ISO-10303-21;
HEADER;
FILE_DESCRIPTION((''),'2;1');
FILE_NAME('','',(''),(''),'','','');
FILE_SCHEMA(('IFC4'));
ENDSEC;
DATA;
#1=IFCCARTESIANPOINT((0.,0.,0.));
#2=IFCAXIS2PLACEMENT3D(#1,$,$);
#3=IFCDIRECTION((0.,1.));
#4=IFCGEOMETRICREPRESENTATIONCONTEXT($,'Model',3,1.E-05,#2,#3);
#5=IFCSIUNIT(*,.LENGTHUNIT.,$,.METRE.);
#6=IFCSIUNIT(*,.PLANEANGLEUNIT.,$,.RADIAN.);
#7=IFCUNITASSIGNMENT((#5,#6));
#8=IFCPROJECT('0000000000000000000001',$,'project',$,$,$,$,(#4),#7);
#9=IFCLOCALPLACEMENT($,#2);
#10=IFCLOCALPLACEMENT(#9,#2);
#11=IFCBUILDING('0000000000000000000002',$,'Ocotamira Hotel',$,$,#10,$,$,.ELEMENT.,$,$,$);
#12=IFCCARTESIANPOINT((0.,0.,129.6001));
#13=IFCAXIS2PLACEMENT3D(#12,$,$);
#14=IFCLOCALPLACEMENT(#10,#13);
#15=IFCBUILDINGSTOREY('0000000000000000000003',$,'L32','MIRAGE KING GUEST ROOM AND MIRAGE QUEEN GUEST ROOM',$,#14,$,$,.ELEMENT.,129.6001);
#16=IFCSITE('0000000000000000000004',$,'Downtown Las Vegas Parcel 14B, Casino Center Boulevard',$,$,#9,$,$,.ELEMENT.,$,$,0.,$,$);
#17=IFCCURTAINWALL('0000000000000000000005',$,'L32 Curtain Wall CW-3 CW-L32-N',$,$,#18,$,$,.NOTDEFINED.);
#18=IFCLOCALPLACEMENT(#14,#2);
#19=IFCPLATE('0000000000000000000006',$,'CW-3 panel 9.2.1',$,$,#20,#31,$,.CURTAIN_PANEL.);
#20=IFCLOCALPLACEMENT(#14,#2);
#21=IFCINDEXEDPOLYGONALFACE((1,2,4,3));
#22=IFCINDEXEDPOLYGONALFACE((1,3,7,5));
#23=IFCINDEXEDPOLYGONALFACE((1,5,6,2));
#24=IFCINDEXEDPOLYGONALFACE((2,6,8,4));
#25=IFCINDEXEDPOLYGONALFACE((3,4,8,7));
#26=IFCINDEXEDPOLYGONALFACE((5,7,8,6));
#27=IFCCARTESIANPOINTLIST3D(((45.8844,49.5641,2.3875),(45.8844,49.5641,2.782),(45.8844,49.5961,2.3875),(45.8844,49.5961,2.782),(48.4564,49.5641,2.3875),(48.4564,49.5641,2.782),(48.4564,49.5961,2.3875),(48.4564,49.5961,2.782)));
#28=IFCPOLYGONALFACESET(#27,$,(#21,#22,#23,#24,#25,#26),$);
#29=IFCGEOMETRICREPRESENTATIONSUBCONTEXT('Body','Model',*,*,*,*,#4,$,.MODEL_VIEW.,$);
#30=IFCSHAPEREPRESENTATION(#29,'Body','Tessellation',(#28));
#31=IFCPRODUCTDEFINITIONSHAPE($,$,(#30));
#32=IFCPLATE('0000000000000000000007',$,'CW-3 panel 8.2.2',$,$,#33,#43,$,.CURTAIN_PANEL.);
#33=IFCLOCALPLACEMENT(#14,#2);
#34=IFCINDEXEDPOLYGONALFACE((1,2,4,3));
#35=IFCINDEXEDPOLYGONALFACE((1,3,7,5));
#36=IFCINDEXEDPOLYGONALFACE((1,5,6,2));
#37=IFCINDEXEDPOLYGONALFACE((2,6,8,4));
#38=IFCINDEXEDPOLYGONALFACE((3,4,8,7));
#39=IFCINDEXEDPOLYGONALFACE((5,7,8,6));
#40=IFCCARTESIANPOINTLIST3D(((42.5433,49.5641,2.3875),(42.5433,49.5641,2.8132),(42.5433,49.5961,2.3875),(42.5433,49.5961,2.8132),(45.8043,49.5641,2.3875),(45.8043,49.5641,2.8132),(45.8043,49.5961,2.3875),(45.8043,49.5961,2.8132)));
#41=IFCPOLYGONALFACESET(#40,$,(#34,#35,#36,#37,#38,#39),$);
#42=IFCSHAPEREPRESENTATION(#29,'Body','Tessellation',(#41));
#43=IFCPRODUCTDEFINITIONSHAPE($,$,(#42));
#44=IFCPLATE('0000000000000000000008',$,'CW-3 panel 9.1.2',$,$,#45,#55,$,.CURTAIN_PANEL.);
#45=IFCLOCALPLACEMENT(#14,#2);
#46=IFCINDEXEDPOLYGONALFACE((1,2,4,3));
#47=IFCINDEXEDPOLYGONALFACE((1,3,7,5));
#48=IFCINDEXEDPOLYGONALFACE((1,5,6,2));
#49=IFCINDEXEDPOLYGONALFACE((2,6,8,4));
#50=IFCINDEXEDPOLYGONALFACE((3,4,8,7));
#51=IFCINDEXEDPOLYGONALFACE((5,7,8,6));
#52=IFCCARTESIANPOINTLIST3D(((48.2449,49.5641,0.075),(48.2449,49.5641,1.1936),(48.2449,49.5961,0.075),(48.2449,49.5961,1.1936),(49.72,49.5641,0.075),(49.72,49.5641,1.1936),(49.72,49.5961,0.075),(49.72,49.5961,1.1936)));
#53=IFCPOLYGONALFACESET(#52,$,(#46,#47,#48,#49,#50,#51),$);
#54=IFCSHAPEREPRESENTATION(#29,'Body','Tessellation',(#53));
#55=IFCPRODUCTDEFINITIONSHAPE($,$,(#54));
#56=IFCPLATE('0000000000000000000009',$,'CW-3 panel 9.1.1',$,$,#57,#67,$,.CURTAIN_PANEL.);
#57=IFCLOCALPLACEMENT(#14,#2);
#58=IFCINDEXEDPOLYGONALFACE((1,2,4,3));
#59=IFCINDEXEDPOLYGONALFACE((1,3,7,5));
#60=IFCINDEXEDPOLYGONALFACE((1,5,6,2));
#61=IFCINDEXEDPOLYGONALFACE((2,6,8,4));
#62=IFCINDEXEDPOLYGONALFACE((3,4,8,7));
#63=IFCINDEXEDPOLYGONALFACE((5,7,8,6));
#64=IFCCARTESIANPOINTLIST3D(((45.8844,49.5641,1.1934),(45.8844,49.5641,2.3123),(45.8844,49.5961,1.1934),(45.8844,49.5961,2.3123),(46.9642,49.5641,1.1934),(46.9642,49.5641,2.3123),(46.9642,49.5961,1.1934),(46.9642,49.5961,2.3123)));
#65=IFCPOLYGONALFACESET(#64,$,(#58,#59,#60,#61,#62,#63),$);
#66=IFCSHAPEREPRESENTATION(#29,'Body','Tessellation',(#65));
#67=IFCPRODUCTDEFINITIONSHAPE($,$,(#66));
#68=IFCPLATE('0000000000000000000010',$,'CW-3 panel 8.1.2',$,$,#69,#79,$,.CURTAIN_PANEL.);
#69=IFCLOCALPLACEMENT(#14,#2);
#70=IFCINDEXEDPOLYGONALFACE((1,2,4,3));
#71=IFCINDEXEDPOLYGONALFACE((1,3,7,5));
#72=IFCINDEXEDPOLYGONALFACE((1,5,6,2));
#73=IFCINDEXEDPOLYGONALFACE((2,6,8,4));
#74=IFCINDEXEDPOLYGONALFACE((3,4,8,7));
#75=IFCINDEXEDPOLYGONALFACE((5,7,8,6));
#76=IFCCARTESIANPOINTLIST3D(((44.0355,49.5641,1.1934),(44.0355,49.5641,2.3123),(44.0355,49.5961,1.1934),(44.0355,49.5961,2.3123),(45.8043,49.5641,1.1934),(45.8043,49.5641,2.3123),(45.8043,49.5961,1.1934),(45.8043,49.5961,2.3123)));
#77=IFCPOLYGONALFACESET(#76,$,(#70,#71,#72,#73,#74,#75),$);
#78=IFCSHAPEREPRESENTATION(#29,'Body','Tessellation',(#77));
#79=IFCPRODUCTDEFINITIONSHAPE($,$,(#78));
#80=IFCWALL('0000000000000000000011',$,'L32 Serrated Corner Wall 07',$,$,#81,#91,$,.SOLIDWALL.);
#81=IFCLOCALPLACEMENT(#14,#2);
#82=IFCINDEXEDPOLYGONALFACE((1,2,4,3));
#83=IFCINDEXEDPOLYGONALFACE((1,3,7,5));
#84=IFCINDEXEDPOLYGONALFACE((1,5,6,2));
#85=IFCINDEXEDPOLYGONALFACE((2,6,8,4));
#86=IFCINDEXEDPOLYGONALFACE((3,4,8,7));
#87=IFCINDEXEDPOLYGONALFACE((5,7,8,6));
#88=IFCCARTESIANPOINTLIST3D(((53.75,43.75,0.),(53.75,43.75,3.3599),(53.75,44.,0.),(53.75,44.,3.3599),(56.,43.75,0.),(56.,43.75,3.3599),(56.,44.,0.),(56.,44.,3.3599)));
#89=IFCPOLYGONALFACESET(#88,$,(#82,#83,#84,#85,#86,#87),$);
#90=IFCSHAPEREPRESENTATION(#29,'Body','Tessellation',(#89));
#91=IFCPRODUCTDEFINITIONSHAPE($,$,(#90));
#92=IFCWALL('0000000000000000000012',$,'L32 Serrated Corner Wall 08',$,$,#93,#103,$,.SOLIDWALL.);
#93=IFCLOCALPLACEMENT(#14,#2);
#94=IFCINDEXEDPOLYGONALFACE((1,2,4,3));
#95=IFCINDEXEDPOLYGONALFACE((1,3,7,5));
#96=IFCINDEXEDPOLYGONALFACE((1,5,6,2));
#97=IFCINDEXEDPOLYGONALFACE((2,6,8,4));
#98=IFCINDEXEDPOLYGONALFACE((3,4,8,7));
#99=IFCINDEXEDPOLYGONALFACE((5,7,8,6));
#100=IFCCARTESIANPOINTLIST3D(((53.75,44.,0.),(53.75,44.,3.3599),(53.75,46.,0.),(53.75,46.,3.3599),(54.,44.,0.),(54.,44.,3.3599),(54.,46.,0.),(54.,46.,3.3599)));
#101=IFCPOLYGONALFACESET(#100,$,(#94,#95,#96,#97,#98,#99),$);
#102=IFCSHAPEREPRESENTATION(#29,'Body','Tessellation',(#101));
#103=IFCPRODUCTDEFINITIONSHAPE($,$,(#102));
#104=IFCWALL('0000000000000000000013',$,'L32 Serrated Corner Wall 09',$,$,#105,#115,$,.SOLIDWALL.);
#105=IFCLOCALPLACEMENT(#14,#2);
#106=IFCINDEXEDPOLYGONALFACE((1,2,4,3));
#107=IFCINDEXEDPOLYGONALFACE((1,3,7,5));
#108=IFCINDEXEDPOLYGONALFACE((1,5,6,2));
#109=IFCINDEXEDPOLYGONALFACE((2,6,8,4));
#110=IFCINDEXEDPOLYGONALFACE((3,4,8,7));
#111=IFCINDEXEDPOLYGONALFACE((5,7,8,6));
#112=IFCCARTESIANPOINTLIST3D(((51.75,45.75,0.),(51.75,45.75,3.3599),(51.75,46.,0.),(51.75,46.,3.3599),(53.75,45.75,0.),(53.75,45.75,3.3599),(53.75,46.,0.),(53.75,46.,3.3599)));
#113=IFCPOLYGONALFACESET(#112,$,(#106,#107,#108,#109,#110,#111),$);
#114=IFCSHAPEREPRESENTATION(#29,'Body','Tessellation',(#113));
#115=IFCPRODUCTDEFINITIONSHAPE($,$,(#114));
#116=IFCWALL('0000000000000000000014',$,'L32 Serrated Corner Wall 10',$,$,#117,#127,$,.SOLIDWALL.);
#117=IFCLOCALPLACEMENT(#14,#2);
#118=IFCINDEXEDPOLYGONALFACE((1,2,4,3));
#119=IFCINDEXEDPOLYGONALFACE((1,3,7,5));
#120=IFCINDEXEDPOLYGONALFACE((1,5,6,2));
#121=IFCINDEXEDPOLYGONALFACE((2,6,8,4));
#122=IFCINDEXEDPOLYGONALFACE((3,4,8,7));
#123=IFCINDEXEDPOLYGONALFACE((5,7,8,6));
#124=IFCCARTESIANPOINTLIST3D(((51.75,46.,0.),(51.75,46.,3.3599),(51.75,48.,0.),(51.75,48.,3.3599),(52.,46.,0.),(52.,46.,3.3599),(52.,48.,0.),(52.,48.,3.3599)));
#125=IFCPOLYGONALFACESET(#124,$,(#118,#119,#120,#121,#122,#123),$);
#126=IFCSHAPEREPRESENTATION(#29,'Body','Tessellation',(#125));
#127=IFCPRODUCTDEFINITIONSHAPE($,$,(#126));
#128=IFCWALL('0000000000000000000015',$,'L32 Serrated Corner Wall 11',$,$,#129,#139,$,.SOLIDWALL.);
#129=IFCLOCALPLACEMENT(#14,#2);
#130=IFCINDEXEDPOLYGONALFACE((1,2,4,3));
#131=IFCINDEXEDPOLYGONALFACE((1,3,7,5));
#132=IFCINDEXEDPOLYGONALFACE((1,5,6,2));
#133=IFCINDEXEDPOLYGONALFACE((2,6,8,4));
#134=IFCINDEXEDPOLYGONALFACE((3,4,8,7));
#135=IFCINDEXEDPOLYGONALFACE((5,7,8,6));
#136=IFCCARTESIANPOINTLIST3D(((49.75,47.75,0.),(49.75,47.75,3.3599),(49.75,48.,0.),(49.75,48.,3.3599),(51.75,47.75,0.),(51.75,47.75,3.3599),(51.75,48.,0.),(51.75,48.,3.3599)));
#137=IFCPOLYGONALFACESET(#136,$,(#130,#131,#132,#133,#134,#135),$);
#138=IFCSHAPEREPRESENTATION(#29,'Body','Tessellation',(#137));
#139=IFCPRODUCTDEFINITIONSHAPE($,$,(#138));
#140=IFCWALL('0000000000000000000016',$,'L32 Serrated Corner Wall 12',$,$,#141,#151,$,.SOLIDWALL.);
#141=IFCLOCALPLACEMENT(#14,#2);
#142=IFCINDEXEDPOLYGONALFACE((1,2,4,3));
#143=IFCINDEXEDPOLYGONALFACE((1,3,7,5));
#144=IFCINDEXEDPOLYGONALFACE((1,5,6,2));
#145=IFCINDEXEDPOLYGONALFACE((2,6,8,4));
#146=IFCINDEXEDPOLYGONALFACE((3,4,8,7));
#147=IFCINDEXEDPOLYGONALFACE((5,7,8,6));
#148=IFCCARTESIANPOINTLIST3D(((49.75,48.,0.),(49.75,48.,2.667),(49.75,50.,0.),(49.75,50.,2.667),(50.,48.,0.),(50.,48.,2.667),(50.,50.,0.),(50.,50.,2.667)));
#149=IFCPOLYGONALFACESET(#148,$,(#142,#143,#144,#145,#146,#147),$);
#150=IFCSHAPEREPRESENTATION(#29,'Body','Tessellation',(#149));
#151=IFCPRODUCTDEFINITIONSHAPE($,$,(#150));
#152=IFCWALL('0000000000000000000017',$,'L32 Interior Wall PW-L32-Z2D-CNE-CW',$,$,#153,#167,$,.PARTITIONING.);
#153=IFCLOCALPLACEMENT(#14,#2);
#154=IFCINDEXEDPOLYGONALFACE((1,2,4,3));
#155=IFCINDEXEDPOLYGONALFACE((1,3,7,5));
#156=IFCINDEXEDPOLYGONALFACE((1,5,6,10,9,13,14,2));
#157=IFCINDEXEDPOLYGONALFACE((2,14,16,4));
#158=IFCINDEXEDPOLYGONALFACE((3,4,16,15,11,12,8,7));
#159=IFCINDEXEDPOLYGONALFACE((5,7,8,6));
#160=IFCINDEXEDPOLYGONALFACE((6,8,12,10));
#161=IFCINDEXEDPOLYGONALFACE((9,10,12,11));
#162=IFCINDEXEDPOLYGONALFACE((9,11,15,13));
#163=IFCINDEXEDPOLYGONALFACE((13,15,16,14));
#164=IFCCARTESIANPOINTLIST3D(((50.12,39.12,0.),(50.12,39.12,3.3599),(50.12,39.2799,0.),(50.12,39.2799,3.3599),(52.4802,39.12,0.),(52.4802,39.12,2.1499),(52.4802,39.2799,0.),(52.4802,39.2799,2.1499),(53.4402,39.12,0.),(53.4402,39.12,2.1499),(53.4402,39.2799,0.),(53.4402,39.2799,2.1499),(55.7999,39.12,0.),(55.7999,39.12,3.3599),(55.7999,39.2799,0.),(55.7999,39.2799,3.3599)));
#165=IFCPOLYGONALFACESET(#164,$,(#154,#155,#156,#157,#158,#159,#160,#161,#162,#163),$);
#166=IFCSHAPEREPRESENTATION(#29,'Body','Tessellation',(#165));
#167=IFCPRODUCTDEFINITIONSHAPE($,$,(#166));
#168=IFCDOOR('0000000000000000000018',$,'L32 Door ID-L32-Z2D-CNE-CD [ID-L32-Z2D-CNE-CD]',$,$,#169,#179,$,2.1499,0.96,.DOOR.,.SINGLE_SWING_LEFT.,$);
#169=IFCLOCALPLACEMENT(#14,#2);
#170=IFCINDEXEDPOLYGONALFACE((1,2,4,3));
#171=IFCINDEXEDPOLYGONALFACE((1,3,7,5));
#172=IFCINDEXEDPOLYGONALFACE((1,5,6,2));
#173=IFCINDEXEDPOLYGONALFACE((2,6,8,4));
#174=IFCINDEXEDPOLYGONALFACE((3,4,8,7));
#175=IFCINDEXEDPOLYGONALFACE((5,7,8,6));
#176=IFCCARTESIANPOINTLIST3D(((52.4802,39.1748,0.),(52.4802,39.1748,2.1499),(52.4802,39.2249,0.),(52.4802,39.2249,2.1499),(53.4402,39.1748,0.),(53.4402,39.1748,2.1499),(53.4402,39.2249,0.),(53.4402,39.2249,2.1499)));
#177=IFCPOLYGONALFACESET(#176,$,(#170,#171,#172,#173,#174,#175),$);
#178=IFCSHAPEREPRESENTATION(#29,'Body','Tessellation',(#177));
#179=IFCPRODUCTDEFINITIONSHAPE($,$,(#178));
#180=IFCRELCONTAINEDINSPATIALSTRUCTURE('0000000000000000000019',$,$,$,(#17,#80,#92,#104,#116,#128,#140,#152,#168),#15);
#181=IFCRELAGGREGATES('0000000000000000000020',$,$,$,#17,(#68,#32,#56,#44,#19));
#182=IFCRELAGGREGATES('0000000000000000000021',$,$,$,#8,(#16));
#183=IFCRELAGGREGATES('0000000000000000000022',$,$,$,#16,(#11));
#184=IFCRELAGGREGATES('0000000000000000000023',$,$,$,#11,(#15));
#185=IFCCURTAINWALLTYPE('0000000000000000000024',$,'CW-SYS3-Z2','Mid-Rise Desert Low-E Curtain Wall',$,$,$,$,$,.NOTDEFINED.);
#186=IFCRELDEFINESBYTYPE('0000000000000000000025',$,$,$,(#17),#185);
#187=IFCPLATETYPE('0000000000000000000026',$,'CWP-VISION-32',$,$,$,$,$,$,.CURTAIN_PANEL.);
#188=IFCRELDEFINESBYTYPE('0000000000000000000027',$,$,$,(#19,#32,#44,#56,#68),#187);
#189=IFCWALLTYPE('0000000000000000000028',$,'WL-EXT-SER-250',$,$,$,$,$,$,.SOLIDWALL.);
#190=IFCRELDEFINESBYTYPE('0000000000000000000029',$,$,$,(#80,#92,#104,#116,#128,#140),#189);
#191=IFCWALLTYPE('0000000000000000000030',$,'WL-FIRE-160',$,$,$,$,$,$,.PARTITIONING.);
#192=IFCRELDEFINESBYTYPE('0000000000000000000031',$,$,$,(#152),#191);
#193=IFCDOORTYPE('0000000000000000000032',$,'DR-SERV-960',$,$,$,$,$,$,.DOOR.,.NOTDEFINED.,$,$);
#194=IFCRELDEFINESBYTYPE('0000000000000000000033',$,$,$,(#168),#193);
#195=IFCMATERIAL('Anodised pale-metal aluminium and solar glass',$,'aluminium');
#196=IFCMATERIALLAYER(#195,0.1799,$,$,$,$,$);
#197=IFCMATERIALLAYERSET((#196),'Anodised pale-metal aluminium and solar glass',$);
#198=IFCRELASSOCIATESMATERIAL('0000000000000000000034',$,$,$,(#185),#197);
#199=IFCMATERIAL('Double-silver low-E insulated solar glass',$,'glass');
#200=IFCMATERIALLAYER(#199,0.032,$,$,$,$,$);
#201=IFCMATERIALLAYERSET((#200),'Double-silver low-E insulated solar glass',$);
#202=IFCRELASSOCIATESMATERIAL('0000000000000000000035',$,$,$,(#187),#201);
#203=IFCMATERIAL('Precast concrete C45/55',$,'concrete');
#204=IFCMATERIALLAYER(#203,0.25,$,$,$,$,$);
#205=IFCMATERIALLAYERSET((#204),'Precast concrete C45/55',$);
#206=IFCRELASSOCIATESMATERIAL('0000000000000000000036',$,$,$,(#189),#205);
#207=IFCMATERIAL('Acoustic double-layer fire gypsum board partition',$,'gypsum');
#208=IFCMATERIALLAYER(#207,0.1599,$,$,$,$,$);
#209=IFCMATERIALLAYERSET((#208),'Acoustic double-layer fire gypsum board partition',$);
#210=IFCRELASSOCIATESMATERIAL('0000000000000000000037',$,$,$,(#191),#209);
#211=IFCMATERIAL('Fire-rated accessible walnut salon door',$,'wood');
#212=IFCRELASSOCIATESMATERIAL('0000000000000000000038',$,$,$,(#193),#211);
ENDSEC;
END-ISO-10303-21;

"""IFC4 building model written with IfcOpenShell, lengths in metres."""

from ifc_helpers import new_model, si_unit, direction, frame, frame_2d, origin, origin_2d, place, context, subcontext, project, spatial, rectangle, extrude, source, transform, mapped, material, layer, layer_set, type_object, element, fill, aggregate, save


model = new_model("IFC4")

# Units and contexts
model_context = context("Model", 3, precision=1e-05, world=origin(), true_north=direction((0.0, 1.0)))
body_context = subcontext(model_context, "Body", "Model", "MODEL_VIEW")
ifc_project = project(units=[si_unit("LENGTHUNIT", "METRE"), si_unit("PLANEANGLEUNIT", "RADIAN")], contexts=[model_context])

# Site, building, storey
site_placement = place(None, origin())
site = spatial("IfcSite", under=ifc_project, at=site_placement, Name="Downtown Las Vegas Parcel 14B, Casino Center Boulevard", CompositionType="ELEMENT", RefElevation=0.0)
building_placement = place(site_placement, origin())
building = spatial("IfcBuilding", under=site, at=building_placement, Name="Ocotamira Hotel", CompositionType="ELEMENT")
storey_placement = place(building_placement, frame((0.0, 0.0, 129.6001)))
storey = spatial("IfcBuildingStorey", under=building, at=storey_placement, Name="L32", Description="MIRAGE KING GUEST ROOM AND MIRAGE QUEEN GUEST ROOM", CompositionType="ELEMENT", Elevation=129.6001)

# Curtain wall
ifc_material_1 = material(Name="Anodised pale-metal aluminium and solar glass", Category="aluminium")
ifc_layer_1 = layer(ifc_material_1, 0.1799)
ifc_layer_set_1 = layer_set([ifc_layer_1], Name="Anodised pale-metal aluminium and solar glass")
curtain_wall_type = type_object("IfcCurtainWallType", Name="CW-SYS3-Z2", Description="Mid-Rise Desert Low-E Curtain Wall", PredefinedType="NOTDEFINED", material=ifc_layer_set_1)
curtain_wall_1_placement = place(storey_placement, origin())
curtain_wall_1 = element("IfcCurtainWall", 1, at=curtain_wall_1_placement, inside=storey, type_object=curtain_wall_type, Name="L32 Curtain Wall CW-3 CW-L32-N", PredefinedType="NOTDEFINED")

# Plates
ifc_material_2 = material(Name="Double-silver low-E insulated solar glass", Category="glass")
ifc_layer_2 = layer(ifc_material_2, 0.032)
ifc_layer_set_2 = layer_set([ifc_layer_2], Name="Double-silver low-E insulated solar glass")
plate_type_1 = type_object("IfcPlateType", Name="CWP-VISION-32", PredefinedType="CURTAIN_PANEL", material=ifc_layer_set_2)
shared_shape_1 = source(origin(), body_context, "Body", "SweptSolid", [
    extrude(rectangle(XDim=2.572, YDim=0.032, at=origin_2d()), origin(), (0.0, 0.0, 1.0), 0.3945),
])
plate_1_placement = place(storey_placement, frame((47.1704, 49.5801, 2.3875), z_axis=(0.0, 0.0, 1.0), x_axis=(1.0, 0.0, 0.0)))
plate_1 = element("IfcPlate", 2, at=plate_1_placement, type_object=plate_type_1, Name="CW-3 panel 9.2.1", PredefinedType="CURTAIN_PANEL", context=body_context, shape_type="MappedRepresentation", body=[
    mapped(shared_shape_1, transform((0.0, 0.0, 0.0), scale=1.0)),
])
shared_shape_2 = source(origin(), body_context, "Body", "SweptSolid", [
    extrude(rectangle(XDim=3.261, YDim=0.032, at=origin_2d()), origin(), (0.0, 0.0, 1.0), 0.4258),
])
plate_2_placement = place(storey_placement, frame((44.1738, 49.5801, 2.3875), z_axis=(0.0, 0.0, 1.0), x_axis=(1.0, 0.0, 0.0)))
plate_2 = element("IfcPlate", 3, at=plate_2_placement, type_object=plate_type_1, Name="CW-3 panel 8.2.2", PredefinedType="CURTAIN_PANEL", context=body_context, shape_type="MappedRepresentation", body=[
    mapped(shared_shape_2, transform((0.0, 0.0, 0.0), scale=1.0)),
])
shared_shape_3 = source(origin(), body_context, "Body", "SweptSolid", [
    extrude(rectangle(XDim=1.4751, YDim=0.032, at=origin_2d()), origin(), (0.0, 0.0, 1.0), 1.1187),
])
plate_3_placement = place(storey_placement, frame((48.9824, 49.5801, 0.075), z_axis=(0.0, 0.0, 1.0), x_axis=(1.0, 0.0, 0.0)))
plate_3 = element("IfcPlate", 4, at=plate_3_placement, type_object=plate_type_1, Name="CW-3 panel 9.1.2", PredefinedType="CURTAIN_PANEL", context=body_context, shape_type="MappedRepresentation", body=[
    mapped(shared_shape_3, transform((0.0, 0.0, 0.0), scale=1.0)),
])
shared_shape_4 = source(origin(), body_context, "Body", "SweptSolid", [
    extrude(rectangle(XDim=1.0798, YDim=0.032, at=origin_2d()), origin(), (0.0, 0.0, 1.0), 1.1189),
])
plate_4_placement = place(storey_placement, frame((46.4243, 49.5801, 1.1934), z_axis=(0.0, 0.0, 1.0), x_axis=(1.0, 0.0, 0.0)))
plate_4 = element("IfcPlate", 5, at=plate_4_placement, type_object=plate_type_1, Name="CW-3 panel 9.1.1", PredefinedType="CURTAIN_PANEL", context=body_context, shape_type="MappedRepresentation", body=[
    mapped(shared_shape_4, transform((0.0, 0.0, 0.0), scale=1.0)),
])
shared_shape_5 = source(origin(), body_context, "Body", "SweptSolid", [
    extrude(rectangle(XDim=1.7688, YDim=0.032, at=origin_2d()), origin(), (0.0, 0.0, 1.0), 1.1189),
])
plate_5_placement = place(storey_placement, frame((44.9199, 49.5801, 1.1934), z_axis=(0.0, 0.0, 1.0), x_axis=(1.0, 0.0, 0.0)))
plate_5 = element("IfcPlate", 6, at=plate_5_placement, type_object=plate_type_1, Name="CW-3 panel 8.1.2", PredefinedType="CURTAIN_PANEL", context=body_context, shape_type="MappedRepresentation", body=[
    mapped(shared_shape_5, transform((0.0, 0.0, 0.0), scale=1.0)),
])
aggregate(curtain_wall_1, [plate_5, plate_2, plate_4, plate_3, plate_1])

# Walls
ifc_material_3 = material(Name="Precast concrete C45/55", Category="concrete")
ifc_layer_3 = layer(ifc_material_3, 0.25)
ifc_layer_set_3 = layer_set([ifc_layer_3], Name="Precast concrete C45/55")
wall_type_1 = type_object("IfcWallType", Name="WL-EXT-SER-250", PredefinedType="SOLIDWALL", material=ifc_layer_set_3)
wall_1_placement = place(storey_placement, frame((56.0, 43.875, 0.0), z_axis=(0.0, 0.0, 1.0), x_axis=(-1.0, 0.0, 0.0)))
element("IfcWall", 7, at=wall_1_placement, inside=storey, type_object=wall_type_1, Name="L32 Serrated Corner Wall 07", PredefinedType="SOLIDWALL", context=body_context, shape_type="SweptSolid", body=[
    extrude(rectangle(XDim=2.25, YDim=0.25, at=frame_2d((1.125, 0.0))), origin(), (0.0, 0.0, 1.0), 3.3599),
])
for number, where, z_axis, x_axis, name in (
    (8, (53.875, 44.0, 0.0), (0.0, 0.0, 1.0), (0.0, 1.0, 0.0), "L32 Serrated Corner Wall 08"),
    (9, (53.75, 45.875, 0.0), (0.0, 0.0, 1.0), (-1.0, 0.0, 0.0), "L32 Serrated Corner Wall 09"),
    (10, (51.875, 46.0, 0.0), (0.0, 0.0, 1.0), (0.0, 1.0, 0.0), "L32 Serrated Corner Wall 10"),
    (11, (51.75, 47.875, 0.0), (0.0, 0.0, 1.0), (-1.0, 0.0, 0.0), "L32 Serrated Corner Wall 11"),
):
    element("IfcWall", number, at=place(storey_placement, frame(where, z_axis=z_axis, x_axis=x_axis)), inside=storey, type_object=wall_type_1, Name=name, PredefinedType="SOLIDWALL", context=body_context, shape_type="SweptSolid", body=[
        extrude(rectangle(XDim=2.0, YDim=0.25, at=frame_2d((1.0, 0.0))), origin(), (0.0, 0.0, 1.0), 3.3599),
    ])
wall_2_placement = place(storey_placement, frame((49.875, 48.0, 0.0), z_axis=(0.0, 0.0, 1.0), x_axis=(0.0, 1.0, 0.0)))
element("IfcWall", 12, at=wall_2_placement, inside=storey, type_object=wall_type_1, Name="L32 Serrated Corner Wall 12", PredefinedType="SOLIDWALL", context=body_context, shape_type="SweptSolid", body=[
    extrude(rectangle(XDim=2.0, YDim=0.25, at=frame_2d((1.0, 0.0))), origin(), (0.0, 0.0, 1.0), 2.667),
])

# Wall, opening, door
ifc_material_4 = material(Name="Acoustic double-layer fire gypsum board partition", Category="gypsum")
ifc_layer_4 = layer(ifc_material_4, 0.1599)
ifc_layer_set_4 = layer_set([ifc_layer_4], Name="Acoustic double-layer fire gypsum board partition")
wall_type_2 = type_object("IfcWallType", Name="WL-FIRE-160", PredefinedType="PARTITIONING", material=ifc_layer_set_4)
wall_3_placement = place(storey_placement, frame((50.1201, 39.2, 0.0), z_axis=(0.0, 0.0, 1.0), x_axis=(1.0, 0.0, 0.0)))
wall_3 = element("IfcWall", 13, at=wall_3_placement, inside=storey, type_object=wall_type_2, Name="L32 Interior Wall PW-L32-Z2D-CNE-CW", PredefinedType="PARTITIONING", context=body_context, shape_type="SweptSolid", body=[
    extrude(rectangle(XDim=5.6799, YDim=0.1599, at=frame_2d((2.8398, 0.0))), origin(), (0.0, 0.0, 1.0), 3.3599),
])
opening_1_placement = place(wall_3_placement, frame((2.3601, 0.0, 0.0)))
opening_1 = element("IfcOpeningElement", 14, at=opening_1_placement, cuts=wall_3, PredefinedType="OPENING", context=body_context, shape_type="SweptSolid", body=[
    extrude(rectangle(XDim=0.96, YDim=2.1499, at=frame_2d((0.48, 1.075))), frame((0.0, 0.0898, 0.0), z_axis=(0.0, -1.0, 0.0), x_axis=(1.0, 0.0, 0.0)), (0.0, 0.0, 1.0), 0.1799),
])
ifc_material_5 = material(Name="Fire-rated accessible walnut salon door", Category="wood")
door_type_1 = type_object("IfcDoorType", Name="DR-SERV-960", OperationType="NOTDEFINED", PredefinedType="DOOR", material=ifc_material_5)
shared_shape_6 = source(origin(), body_context, "Body", "SweptSolid", [
    extrude(rectangle(XDim=0.96, YDim=2.1499, at=frame_2d((0.48, 1.075))), frame((0.0, 0.0249, 0.0), z_axis=(0.0, -1.0, 0.0), x_axis=(1.0, 0.0, 0.0)), (0.0, 0.0, 1.0), 0.05),
])
door_1_placement = place(opening_1_placement, origin())
door_1 = element("IfcDoor", 15, at=door_1_placement, inside=storey, type_object=door_type_1, Name="L32 Door ID-L32-Z2D-CNE-CD [ID-L32-Z2D-CNE-CD]", OperationType="SINGLE_SWING_LEFT", OverallHeight=2.1499, OverallWidth=0.96, PredefinedType="DOOR", context=body_context, shape_type="MappedRepresentation", body=[
    mapped(shared_shape_6, transform((0.0, 0.0, 0.0), scale=1.0)),
])
fill(opening_1, door_1)

save(model, "model.ifc")
